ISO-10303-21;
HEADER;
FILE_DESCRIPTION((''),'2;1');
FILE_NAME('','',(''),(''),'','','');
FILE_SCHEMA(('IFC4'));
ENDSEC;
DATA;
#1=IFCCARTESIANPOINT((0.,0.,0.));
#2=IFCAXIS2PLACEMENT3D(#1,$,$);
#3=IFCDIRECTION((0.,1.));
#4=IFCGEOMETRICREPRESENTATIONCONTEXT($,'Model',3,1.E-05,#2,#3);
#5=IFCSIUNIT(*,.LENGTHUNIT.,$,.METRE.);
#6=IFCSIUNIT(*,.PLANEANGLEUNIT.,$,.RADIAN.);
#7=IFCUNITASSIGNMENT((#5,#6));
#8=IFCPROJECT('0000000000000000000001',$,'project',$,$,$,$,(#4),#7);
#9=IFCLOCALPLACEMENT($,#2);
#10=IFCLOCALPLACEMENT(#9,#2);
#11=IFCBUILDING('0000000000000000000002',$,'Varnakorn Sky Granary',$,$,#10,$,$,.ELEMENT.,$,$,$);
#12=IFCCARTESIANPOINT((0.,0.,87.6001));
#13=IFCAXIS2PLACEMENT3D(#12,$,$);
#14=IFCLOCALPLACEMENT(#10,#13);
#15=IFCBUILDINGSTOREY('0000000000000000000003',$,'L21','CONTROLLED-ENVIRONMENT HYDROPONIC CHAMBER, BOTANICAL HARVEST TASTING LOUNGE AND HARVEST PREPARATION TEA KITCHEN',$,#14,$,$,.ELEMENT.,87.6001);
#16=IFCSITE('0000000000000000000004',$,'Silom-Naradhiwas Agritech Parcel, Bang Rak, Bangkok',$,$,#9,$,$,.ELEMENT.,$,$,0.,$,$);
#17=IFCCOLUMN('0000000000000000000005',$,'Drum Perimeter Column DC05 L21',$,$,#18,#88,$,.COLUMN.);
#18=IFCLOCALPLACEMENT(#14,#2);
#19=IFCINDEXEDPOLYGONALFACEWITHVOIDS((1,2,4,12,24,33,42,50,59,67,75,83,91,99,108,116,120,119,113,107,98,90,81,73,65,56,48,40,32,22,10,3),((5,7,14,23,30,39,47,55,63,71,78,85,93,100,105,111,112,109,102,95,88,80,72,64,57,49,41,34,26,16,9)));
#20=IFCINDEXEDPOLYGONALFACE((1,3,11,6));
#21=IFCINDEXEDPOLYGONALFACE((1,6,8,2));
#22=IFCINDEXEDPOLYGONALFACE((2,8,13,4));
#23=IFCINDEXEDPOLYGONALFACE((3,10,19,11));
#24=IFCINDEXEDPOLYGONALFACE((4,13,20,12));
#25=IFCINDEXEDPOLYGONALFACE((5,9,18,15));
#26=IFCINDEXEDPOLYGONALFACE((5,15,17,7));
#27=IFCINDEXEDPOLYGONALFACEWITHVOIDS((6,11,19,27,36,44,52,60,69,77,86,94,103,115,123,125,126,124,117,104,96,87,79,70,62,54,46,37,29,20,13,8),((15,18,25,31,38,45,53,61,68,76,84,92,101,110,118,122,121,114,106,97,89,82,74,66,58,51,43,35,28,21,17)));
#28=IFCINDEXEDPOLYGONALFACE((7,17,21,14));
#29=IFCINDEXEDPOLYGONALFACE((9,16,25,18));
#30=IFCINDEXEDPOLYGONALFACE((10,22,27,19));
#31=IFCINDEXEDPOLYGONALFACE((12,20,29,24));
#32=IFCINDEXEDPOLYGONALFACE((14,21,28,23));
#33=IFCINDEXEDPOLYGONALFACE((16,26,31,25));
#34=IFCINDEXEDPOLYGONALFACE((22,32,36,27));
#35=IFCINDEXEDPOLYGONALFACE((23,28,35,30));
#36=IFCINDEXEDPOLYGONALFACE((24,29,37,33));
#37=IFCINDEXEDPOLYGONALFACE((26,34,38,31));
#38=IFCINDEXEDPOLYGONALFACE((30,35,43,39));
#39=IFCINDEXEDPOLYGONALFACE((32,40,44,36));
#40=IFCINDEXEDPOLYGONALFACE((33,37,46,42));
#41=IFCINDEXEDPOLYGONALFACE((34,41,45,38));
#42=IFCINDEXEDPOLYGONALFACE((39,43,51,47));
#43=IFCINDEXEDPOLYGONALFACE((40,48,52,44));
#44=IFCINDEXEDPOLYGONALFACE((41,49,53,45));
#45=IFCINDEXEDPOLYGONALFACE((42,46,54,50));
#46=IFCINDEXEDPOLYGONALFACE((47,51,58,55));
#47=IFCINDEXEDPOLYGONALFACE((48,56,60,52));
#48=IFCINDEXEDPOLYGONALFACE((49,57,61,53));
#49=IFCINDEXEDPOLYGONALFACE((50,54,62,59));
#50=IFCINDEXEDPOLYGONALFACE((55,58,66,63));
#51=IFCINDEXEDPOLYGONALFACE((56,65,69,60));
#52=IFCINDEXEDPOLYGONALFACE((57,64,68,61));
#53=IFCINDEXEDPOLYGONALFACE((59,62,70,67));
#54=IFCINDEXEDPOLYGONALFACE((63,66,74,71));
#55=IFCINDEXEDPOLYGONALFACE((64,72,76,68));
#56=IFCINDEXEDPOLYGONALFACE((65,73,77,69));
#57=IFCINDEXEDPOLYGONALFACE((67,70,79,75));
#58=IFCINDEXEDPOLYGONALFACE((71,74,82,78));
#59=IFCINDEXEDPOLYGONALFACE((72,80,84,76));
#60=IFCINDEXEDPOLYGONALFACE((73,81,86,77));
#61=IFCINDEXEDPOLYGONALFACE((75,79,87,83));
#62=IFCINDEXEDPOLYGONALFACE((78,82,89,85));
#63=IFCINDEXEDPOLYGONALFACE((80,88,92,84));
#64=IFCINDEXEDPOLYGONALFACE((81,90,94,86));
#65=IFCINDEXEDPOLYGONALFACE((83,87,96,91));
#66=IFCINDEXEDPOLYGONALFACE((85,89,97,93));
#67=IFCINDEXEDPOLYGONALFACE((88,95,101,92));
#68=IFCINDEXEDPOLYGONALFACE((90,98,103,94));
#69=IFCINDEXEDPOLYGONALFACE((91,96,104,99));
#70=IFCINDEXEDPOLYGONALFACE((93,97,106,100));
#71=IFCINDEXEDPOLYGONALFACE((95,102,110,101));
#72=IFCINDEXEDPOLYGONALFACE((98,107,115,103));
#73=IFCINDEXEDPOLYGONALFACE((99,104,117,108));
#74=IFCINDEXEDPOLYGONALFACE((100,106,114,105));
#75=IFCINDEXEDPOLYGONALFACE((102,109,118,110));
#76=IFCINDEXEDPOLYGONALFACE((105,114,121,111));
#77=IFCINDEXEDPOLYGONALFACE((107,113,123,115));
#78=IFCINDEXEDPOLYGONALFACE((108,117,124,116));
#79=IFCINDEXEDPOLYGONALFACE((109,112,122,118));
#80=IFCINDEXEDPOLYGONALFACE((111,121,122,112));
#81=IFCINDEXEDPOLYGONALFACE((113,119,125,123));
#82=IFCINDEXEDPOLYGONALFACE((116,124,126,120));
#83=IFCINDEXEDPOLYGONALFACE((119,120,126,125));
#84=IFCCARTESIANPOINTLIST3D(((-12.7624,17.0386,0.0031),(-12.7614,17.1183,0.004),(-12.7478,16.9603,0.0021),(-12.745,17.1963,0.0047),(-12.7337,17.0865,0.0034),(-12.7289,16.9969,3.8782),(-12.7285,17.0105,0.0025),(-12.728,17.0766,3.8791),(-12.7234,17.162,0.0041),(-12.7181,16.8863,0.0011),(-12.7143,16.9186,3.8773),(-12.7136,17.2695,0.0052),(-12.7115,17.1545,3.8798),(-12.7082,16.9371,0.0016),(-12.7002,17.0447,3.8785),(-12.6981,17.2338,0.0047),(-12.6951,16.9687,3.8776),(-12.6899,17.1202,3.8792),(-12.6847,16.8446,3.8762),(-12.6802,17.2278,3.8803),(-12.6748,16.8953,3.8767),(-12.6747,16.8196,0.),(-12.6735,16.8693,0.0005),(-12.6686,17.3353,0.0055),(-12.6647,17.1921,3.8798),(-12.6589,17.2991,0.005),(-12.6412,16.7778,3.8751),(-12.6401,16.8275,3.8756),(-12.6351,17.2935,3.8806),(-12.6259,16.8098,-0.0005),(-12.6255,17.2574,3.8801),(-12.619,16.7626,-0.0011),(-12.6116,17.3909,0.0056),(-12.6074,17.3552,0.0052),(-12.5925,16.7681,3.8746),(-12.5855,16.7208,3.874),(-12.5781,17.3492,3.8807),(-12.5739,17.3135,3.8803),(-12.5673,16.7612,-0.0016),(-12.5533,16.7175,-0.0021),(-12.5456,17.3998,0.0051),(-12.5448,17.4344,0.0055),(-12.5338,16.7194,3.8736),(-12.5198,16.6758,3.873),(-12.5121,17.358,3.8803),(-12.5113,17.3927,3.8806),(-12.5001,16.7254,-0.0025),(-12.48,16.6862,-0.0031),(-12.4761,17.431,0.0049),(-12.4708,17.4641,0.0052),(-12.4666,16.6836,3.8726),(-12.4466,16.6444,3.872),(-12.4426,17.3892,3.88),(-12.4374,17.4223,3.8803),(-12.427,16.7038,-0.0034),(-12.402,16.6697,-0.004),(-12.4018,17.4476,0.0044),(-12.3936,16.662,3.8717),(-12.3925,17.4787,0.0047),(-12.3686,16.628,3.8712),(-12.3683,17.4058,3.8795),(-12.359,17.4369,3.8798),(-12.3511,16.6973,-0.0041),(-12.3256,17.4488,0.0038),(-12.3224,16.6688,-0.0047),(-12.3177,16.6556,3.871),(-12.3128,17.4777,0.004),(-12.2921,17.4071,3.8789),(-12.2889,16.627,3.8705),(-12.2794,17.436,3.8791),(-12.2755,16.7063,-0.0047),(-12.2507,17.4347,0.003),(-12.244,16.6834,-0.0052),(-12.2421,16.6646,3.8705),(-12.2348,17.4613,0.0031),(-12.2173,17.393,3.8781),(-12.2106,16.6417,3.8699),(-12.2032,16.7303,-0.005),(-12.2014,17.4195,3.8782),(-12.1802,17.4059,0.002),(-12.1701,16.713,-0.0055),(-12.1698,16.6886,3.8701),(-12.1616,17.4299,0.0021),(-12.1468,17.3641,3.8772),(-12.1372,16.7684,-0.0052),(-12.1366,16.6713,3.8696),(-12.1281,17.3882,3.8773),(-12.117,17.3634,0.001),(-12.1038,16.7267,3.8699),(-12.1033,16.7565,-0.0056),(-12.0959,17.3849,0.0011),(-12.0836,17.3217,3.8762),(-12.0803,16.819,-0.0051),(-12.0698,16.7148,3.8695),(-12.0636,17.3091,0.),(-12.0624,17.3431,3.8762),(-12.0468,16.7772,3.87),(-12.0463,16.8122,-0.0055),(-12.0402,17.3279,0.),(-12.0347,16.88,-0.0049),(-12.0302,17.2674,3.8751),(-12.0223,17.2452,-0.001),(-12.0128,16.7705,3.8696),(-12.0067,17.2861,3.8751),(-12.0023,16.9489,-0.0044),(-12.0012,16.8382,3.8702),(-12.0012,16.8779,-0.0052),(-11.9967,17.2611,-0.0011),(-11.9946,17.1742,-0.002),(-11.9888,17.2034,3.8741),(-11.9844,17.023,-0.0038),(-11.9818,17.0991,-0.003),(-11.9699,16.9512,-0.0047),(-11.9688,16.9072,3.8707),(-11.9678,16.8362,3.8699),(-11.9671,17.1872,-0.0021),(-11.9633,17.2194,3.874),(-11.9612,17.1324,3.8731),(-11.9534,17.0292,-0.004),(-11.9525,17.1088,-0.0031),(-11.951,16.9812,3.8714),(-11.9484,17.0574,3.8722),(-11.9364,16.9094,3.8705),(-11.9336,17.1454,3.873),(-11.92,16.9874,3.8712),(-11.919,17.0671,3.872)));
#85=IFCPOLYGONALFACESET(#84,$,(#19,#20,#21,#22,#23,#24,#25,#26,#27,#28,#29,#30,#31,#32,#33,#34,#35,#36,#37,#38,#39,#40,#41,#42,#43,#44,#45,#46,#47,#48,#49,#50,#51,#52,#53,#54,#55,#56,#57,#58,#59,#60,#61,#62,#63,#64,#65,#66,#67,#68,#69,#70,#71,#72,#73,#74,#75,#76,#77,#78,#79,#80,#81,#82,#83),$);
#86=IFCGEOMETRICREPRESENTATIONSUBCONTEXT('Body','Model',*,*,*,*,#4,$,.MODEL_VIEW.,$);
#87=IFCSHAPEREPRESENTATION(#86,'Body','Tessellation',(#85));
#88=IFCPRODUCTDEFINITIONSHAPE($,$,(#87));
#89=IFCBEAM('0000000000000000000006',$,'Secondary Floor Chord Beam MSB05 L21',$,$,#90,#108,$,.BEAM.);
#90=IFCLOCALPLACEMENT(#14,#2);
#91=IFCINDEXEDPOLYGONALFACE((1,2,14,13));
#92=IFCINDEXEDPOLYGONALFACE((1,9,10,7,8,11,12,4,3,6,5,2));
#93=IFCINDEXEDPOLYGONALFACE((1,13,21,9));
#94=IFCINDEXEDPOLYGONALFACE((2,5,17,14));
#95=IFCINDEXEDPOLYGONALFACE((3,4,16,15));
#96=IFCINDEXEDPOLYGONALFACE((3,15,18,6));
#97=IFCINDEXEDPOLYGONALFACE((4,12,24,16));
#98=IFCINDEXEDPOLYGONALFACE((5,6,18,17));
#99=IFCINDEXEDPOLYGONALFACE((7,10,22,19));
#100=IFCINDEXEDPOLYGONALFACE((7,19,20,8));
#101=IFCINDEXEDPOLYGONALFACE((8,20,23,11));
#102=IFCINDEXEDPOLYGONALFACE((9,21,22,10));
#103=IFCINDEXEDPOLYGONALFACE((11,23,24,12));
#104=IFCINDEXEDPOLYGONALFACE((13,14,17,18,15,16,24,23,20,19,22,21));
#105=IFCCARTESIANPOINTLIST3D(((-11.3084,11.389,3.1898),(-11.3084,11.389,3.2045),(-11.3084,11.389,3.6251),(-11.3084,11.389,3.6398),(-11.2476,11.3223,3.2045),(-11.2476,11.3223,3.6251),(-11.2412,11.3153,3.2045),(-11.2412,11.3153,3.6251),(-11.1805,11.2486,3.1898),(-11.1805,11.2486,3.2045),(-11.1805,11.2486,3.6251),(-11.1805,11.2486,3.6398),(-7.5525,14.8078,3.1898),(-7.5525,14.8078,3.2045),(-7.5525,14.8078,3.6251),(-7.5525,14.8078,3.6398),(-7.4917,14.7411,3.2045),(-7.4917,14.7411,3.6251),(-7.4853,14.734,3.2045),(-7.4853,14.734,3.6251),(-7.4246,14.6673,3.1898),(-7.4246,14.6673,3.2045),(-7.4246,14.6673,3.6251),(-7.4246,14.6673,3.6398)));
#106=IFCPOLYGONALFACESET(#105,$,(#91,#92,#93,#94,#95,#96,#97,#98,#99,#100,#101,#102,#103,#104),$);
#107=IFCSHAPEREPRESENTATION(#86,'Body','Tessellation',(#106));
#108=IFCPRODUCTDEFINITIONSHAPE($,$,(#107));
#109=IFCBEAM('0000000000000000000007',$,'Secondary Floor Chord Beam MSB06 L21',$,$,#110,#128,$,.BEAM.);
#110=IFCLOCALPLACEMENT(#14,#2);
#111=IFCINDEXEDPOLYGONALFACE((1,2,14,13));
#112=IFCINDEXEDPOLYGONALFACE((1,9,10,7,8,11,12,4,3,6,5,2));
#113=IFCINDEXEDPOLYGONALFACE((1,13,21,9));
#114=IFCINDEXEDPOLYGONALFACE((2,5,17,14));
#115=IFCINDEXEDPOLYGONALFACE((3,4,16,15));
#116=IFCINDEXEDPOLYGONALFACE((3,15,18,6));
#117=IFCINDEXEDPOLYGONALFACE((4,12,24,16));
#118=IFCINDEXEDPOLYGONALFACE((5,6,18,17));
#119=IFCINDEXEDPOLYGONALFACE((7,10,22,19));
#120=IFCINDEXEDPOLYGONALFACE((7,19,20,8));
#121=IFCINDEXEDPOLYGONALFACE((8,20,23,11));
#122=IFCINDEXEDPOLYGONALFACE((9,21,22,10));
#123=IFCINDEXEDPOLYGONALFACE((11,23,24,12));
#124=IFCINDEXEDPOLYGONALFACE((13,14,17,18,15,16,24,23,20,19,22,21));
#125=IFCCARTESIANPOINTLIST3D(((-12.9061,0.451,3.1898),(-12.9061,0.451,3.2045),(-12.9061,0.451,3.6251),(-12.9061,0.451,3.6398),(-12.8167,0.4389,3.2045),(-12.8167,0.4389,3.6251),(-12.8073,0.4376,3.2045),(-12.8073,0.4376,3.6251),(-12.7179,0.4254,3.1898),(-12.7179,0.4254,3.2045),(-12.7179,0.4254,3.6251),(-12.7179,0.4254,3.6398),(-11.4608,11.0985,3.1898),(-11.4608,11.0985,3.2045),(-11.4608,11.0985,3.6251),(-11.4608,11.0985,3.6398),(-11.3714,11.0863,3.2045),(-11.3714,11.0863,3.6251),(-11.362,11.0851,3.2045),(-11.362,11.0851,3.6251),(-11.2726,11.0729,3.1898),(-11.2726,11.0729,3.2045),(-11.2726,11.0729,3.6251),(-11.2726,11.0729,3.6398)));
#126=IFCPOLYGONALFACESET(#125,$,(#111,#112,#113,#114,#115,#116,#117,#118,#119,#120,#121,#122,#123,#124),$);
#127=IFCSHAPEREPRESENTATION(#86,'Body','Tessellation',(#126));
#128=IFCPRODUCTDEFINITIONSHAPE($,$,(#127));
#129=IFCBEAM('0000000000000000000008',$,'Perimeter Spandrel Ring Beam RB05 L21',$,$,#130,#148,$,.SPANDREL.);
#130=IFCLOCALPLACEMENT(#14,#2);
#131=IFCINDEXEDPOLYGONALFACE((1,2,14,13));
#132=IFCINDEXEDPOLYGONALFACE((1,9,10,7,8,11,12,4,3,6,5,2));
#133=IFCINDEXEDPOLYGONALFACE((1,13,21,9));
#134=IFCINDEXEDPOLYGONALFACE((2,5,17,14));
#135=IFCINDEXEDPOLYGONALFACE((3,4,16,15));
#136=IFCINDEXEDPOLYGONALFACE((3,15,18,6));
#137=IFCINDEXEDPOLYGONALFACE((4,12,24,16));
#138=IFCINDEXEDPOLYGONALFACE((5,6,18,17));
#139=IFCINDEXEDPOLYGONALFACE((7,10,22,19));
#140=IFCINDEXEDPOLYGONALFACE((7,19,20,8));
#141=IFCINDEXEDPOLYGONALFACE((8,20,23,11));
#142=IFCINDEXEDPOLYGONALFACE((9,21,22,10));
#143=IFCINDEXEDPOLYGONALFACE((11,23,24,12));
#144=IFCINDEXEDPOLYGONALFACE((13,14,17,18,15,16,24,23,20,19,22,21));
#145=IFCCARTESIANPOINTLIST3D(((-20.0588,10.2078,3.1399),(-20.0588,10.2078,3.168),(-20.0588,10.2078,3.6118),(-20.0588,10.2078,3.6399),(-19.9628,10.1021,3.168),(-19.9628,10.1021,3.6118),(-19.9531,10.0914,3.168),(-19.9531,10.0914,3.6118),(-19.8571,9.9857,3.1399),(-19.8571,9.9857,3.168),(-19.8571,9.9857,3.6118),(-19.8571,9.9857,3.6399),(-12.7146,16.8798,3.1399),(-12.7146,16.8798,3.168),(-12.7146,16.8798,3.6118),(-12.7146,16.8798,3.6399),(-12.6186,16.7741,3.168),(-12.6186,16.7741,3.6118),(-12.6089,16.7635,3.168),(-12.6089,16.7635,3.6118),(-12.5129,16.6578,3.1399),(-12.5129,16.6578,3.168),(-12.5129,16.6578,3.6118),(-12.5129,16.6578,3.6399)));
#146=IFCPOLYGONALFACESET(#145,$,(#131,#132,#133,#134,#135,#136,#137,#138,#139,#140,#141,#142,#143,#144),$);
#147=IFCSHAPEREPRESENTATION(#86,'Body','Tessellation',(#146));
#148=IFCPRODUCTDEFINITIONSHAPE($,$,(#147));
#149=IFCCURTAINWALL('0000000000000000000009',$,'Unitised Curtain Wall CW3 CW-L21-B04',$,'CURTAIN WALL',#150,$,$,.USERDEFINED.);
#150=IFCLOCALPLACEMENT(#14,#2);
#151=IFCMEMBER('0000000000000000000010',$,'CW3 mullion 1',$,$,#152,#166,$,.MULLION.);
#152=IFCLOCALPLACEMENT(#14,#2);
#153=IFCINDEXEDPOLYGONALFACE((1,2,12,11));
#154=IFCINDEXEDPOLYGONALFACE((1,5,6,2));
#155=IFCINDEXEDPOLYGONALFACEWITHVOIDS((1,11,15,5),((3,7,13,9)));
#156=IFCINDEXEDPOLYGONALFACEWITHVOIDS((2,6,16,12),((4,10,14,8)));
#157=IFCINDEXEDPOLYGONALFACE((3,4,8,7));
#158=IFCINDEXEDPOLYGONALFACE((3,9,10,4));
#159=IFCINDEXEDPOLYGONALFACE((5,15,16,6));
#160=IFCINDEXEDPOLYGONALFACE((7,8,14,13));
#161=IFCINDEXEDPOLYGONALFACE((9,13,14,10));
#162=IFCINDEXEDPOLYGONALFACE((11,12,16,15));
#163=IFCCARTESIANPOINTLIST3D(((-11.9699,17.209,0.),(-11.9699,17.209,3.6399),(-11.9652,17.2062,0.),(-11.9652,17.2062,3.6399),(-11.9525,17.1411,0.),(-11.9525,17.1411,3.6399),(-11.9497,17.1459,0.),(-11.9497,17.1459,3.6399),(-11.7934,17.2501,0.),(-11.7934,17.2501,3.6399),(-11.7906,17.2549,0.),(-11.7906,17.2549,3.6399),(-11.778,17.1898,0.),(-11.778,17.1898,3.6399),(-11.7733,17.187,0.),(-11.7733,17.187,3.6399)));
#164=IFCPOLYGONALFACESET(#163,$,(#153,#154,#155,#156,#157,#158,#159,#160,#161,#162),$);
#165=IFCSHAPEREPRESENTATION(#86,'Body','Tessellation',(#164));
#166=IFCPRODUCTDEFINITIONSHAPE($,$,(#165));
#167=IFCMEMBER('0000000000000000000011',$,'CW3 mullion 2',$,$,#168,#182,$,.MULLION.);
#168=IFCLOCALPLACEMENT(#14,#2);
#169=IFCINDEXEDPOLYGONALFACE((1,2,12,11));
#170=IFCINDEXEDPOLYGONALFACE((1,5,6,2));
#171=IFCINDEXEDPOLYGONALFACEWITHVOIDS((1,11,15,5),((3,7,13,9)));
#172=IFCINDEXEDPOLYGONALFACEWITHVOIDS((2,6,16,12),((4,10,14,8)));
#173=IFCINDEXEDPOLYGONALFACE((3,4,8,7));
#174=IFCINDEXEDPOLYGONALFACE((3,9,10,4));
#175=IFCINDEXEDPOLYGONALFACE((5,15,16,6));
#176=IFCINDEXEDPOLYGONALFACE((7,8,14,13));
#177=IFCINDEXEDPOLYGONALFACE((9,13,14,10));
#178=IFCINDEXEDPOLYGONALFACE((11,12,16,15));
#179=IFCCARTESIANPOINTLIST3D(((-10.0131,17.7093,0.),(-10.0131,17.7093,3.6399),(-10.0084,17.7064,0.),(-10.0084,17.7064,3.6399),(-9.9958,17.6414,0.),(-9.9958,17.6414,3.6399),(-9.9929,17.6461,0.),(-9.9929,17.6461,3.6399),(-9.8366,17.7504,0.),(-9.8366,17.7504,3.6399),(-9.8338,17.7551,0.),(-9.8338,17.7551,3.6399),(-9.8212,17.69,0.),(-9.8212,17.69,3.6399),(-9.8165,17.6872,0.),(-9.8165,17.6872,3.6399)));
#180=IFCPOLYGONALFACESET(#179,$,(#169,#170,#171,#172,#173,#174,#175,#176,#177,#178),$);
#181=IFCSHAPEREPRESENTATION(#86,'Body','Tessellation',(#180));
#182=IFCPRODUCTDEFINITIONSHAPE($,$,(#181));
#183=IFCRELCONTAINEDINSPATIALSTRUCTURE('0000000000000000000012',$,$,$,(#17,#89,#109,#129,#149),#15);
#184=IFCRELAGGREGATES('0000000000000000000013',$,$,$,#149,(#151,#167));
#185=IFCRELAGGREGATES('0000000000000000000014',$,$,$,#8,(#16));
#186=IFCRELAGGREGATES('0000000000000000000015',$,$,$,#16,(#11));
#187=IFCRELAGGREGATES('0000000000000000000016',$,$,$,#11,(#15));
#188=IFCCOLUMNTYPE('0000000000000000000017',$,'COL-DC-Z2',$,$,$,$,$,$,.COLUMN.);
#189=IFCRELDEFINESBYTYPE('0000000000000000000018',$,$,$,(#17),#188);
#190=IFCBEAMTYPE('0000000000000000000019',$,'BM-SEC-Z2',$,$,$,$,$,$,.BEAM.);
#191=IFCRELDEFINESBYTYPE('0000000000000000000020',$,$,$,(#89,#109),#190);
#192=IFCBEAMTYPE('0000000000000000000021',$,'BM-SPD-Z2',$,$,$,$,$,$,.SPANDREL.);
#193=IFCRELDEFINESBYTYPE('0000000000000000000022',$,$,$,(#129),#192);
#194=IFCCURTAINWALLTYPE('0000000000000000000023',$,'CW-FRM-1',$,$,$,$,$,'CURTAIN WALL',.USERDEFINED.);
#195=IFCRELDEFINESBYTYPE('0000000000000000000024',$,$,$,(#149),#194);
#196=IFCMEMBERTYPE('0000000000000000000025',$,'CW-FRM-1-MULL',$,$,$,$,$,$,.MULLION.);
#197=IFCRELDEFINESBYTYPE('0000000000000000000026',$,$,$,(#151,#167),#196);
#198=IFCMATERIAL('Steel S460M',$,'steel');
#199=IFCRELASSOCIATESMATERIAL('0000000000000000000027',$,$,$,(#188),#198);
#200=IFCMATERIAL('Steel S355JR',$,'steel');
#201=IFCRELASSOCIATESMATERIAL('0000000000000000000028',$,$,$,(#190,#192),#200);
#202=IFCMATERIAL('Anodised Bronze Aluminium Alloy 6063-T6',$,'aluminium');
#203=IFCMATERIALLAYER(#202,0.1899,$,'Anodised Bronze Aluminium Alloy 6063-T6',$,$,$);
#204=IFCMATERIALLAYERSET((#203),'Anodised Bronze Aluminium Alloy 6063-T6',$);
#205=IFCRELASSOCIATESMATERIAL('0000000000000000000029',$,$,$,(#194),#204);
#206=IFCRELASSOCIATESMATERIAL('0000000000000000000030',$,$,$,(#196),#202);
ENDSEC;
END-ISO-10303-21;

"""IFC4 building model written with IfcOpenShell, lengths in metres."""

from ifc_helpers import new_model, si_unit, direction, frame, origin, origin_2d, place, context, subcontext, project, spatial, hollow_rectangle, hollow_circle, i_section, extrude, material, layer, layer_set, material_profile, profile_set, type_object, element, aggregate, save


model = new_model("IFC4")

# Units and contexts
model_context = context("Model", 3, precision=1e-05, world=origin(), true_north=direction((0.0, 1.0)))
body_context = subcontext(model_context, "Body", "Model", "MODEL_VIEW")
ifc_project = project(units=[si_unit("LENGTHUNIT", "METRE"), si_unit("PLANEANGLEUNIT", "RADIAN")], contexts=[model_context])

# Site, building, storey
site_placement = place(None, origin())
site = spatial("IfcSite", under=ifc_project, at=site_placement, Name="Silom-Naradhiwas Agritech Parcel, Bang Rak, Bangkok", CompositionType="ELEMENT", RefElevation=0.0)
building_placement = place(site_placement, origin())
building = spatial("IfcBuilding", under=site, at=building_placement, Name="Varnakorn Sky Granary", CompositionType="ELEMENT")
storey_placement = place(building_placement, frame((0.0, 0.0, 87.6001)))
storey = spatial("IfcBuildingStorey", under=building, at=storey_placement, Name="L21", Description="CONTROLLED-ENVIRONMENT HYDROPONIC CHAMBER, BOTANICAL HARVEST TASTING LOUNGE AND HARVEST PREPARATION TEA KITCHEN", CompositionType="ELEMENT", Elevation=87.6001)

# Column
ifc_material_1 = material(Name="Steel S460M", Category="steel")
ifc_material_profile_1 = material_profile(ifc_material_1, hollow_circle(Radius=0.4065, WallThickness=0.03, at=origin_2d()), Name="CHS 813x30")
ifc_profile_set_1 = profile_set([ifc_material_profile_1], Name="Steel S460M")
column_type = type_object("IfcColumnType", Name="COL-DC-Z2", PredefinedType="COLUMN", material=ifc_profile_set_1)
column_placement = place(storey_placement, frame((-12.3574, 17.0737, 0.0), z_axis=(0.008631, -0.010773, 0.999905), x_axis=(0.780423, 0.625251, 0.0)))
element("IfcColumn", 1, at=column_placement, inside=storey, type_object=column_type, Name="Drum Perimeter Column DC05 L21", PredefinedType="COLUMN", context=body_context, shape_type="SweptSolid", body=[
    extrude(hollow_circle(Radius=0.4065, WallThickness=0.03, at=origin_2d()), origin(), (0.0, 0.0, 1.0), 3.8755),
])

# Beams
ifc_material_2 = material(Name="Steel S355JR", Category="steel")
ifc_material_profile_2 = material_profile(ifc_material_2, i_section(OverallWidth=0.1899, OverallDepth=0.45, WebThickness=0.0095, FlangeThickness=0.0146, at=origin_2d()), Name="IPE 450")
ifc_profile_set_2 = profile_set([ifc_material_profile_2], Name="Steel S355JR")
beam_type_1 = type_object("IfcBeamType", Name="BM-SEC-Z2", PredefinedType="BEAM", material=ifc_profile_set_2)
beam_1_placement = place(storey_placement, frame((-7.4885, 14.7375, 3.4148), z_axis=(-0.73952, -0.673134, 0.0), x_axis=(0.673134, -0.73952, 0.0)))
element("IfcBeam", 2, at=beam_1_placement, inside=storey, type_object=beam_type_1, Name="Secondary Floor Chord Beam MSB05 L21", PredefinedType="BEAM", context=body_context, shape_type="SweptSolid", body=[
    extrude(i_section(OverallWidth=0.1899, OverallDepth=0.45, WebThickness=0.0095, FlangeThickness=0.0146, at=origin_2d()), origin(), (0.0, 0.0, 1.0), 5.0789),
])
beam_2_placement = place(storey_placement, frame((-11.3667, 11.0857, 3.4148), z_axis=(-0.134509, -0.990912, 0.0), x_axis=(0.990912, -0.134509, 0.0)))
element("IfcBeam", 3, at=beam_2_placement, inside=storey, type_object=beam_type_1, Name="Secondary Floor Chord Beam MSB06 L21", PredefinedType="BEAM", context=body_context, shape_type="SweptSolid", body=[
    extrude(i_section(OverallWidth=0.1899, OverallDepth=0.45, WebThickness=0.0095, FlangeThickness=0.0146, at=origin_2d()), origin(), (0.0, 0.0, 1.0), 10.7451),
])
ifc_material_profile_3 = material_profile(ifc_material_2, i_section(OverallWidth=0.3, OverallDepth=0.5, WebThickness=0.0144, FlangeThickness=0.0281, at=origin_2d()), Name="HE 500 B")
ifc_profile_set_3 = profile_set([ifc_material_profile_3], Name="Steel S355JR")
beam_type_2 = type_object("IfcBeamType", Name="BM-SPD-Z2", PredefinedType="SPANDREL", material=ifc_profile_set_3)
beam_3_placement = place(storey_placement, frame((-12.6138, 16.7688, 3.3899), z_axis=(-0.740164, -0.672427, 0.0), x_axis=(0.672427, -0.740164, 0.0)))
element("IfcBeam", 4, at=beam_3_placement, inside=storey, type_object=beam_type_2, Name="Perimeter Spandrel Ring Beam RB05 L21", PredefinedType="SPANDREL", context=body_context, shape_type="SweptSolid", body=[
    extrude(i_section(OverallWidth=0.3, OverallDepth=0.5, WebThickness=0.0144, FlangeThickness=0.0281, at=origin_2d()), origin(), (0.0, 0.0, 1.0), 9.9224),
])

# Curtain wall, members
ifc_material_3 = material(Name="Anodised Bronze Aluminium Alloy 6063-T6", Category="aluminium")
ifc_layer_1 = layer(ifc_material_3, 0.1899, Name="Anodised Bronze Aluminium Alloy 6063-T6")
ifc_layer_set_1 = layer_set([ifc_layer_1], Name="Anodised Bronze Aluminium Alloy 6063-T6")
curtain_wall_type = type_object("IfcCurtainWallType", Name="CW-FRM-1", ElementType="CURTAIN WALL", PredefinedType="USERDEFINED", material=ifc_layer_set_1)
curtain_wall_1_placement = place(storey_placement, origin())
curtain_wall_1 = element("IfcCurtainWall", 5, at=curtain_wall_1_placement, inside=storey, type_object=curtain_wall_type, Name="Unitised Curtain Wall CW3 CW-L21-B04", ObjectType="CURTAIN WALL", PredefinedType="USERDEFINED")
ifc_material_profile_4 = material_profile(ifc_material_3, hollow_rectangle(XDim=0.0701, YDim=0.1851, WallThickness=0.0039, at=origin_2d()), Name="ALU MULL 70x185")
ifc_profile_set_4 = profile_set([ifc_material_profile_4], Name="Anodised Bronze Aluminium Alloy 6063-T6")
member_type_1 = type_object("IfcMemberType", Name="CW-FRM-1-MULL", PredefinedType="MULLION", material=ifc_profile_set_4)
member_1_placement = place(storey_placement, frame((-11.8716, 17.198, 0.0), z_axis=(0.0, 0.0, 1.0), x_axis=(-0.247729, 0.968829, 0.0)))
member_1 = element("IfcMember", 6, at=member_1_placement, type_object=member_type_1, Name="CW3 mullion 1", PredefinedType="MULLION", context=body_context, shape_type="SweptSolid", body=[
    extrude(hollow_rectangle(XDim=0.0701, YDim=0.1851, WallThickness=0.0039, at=origin_2d()), origin(), (0.0, 0.0, 1.0), 3.6399),
])
member_2_placement = place(storey_placement, frame((-9.9148, 17.6982, 0.0), z_axis=(0.0, 0.0, 1.0), x_axis=(-0.247729, 0.968829, 0.0)))
member_2 = element("IfcMember", 7, at=member_2_placement, type_object=member_type_1, Name="CW3 mullion 2", PredefinedType="MULLION", context=body_context, shape_type="SweptSolid", body=[
    extrude(hollow_rectangle(XDim=0.0701, YDim=0.1851, WallThickness=0.0039, at=origin_2d()), origin(), (0.0, 0.0, 1.0), 3.6399),
])

aggregate(curtain_wall_1, [member_1, member_2])

save(model, "model.ifc")
